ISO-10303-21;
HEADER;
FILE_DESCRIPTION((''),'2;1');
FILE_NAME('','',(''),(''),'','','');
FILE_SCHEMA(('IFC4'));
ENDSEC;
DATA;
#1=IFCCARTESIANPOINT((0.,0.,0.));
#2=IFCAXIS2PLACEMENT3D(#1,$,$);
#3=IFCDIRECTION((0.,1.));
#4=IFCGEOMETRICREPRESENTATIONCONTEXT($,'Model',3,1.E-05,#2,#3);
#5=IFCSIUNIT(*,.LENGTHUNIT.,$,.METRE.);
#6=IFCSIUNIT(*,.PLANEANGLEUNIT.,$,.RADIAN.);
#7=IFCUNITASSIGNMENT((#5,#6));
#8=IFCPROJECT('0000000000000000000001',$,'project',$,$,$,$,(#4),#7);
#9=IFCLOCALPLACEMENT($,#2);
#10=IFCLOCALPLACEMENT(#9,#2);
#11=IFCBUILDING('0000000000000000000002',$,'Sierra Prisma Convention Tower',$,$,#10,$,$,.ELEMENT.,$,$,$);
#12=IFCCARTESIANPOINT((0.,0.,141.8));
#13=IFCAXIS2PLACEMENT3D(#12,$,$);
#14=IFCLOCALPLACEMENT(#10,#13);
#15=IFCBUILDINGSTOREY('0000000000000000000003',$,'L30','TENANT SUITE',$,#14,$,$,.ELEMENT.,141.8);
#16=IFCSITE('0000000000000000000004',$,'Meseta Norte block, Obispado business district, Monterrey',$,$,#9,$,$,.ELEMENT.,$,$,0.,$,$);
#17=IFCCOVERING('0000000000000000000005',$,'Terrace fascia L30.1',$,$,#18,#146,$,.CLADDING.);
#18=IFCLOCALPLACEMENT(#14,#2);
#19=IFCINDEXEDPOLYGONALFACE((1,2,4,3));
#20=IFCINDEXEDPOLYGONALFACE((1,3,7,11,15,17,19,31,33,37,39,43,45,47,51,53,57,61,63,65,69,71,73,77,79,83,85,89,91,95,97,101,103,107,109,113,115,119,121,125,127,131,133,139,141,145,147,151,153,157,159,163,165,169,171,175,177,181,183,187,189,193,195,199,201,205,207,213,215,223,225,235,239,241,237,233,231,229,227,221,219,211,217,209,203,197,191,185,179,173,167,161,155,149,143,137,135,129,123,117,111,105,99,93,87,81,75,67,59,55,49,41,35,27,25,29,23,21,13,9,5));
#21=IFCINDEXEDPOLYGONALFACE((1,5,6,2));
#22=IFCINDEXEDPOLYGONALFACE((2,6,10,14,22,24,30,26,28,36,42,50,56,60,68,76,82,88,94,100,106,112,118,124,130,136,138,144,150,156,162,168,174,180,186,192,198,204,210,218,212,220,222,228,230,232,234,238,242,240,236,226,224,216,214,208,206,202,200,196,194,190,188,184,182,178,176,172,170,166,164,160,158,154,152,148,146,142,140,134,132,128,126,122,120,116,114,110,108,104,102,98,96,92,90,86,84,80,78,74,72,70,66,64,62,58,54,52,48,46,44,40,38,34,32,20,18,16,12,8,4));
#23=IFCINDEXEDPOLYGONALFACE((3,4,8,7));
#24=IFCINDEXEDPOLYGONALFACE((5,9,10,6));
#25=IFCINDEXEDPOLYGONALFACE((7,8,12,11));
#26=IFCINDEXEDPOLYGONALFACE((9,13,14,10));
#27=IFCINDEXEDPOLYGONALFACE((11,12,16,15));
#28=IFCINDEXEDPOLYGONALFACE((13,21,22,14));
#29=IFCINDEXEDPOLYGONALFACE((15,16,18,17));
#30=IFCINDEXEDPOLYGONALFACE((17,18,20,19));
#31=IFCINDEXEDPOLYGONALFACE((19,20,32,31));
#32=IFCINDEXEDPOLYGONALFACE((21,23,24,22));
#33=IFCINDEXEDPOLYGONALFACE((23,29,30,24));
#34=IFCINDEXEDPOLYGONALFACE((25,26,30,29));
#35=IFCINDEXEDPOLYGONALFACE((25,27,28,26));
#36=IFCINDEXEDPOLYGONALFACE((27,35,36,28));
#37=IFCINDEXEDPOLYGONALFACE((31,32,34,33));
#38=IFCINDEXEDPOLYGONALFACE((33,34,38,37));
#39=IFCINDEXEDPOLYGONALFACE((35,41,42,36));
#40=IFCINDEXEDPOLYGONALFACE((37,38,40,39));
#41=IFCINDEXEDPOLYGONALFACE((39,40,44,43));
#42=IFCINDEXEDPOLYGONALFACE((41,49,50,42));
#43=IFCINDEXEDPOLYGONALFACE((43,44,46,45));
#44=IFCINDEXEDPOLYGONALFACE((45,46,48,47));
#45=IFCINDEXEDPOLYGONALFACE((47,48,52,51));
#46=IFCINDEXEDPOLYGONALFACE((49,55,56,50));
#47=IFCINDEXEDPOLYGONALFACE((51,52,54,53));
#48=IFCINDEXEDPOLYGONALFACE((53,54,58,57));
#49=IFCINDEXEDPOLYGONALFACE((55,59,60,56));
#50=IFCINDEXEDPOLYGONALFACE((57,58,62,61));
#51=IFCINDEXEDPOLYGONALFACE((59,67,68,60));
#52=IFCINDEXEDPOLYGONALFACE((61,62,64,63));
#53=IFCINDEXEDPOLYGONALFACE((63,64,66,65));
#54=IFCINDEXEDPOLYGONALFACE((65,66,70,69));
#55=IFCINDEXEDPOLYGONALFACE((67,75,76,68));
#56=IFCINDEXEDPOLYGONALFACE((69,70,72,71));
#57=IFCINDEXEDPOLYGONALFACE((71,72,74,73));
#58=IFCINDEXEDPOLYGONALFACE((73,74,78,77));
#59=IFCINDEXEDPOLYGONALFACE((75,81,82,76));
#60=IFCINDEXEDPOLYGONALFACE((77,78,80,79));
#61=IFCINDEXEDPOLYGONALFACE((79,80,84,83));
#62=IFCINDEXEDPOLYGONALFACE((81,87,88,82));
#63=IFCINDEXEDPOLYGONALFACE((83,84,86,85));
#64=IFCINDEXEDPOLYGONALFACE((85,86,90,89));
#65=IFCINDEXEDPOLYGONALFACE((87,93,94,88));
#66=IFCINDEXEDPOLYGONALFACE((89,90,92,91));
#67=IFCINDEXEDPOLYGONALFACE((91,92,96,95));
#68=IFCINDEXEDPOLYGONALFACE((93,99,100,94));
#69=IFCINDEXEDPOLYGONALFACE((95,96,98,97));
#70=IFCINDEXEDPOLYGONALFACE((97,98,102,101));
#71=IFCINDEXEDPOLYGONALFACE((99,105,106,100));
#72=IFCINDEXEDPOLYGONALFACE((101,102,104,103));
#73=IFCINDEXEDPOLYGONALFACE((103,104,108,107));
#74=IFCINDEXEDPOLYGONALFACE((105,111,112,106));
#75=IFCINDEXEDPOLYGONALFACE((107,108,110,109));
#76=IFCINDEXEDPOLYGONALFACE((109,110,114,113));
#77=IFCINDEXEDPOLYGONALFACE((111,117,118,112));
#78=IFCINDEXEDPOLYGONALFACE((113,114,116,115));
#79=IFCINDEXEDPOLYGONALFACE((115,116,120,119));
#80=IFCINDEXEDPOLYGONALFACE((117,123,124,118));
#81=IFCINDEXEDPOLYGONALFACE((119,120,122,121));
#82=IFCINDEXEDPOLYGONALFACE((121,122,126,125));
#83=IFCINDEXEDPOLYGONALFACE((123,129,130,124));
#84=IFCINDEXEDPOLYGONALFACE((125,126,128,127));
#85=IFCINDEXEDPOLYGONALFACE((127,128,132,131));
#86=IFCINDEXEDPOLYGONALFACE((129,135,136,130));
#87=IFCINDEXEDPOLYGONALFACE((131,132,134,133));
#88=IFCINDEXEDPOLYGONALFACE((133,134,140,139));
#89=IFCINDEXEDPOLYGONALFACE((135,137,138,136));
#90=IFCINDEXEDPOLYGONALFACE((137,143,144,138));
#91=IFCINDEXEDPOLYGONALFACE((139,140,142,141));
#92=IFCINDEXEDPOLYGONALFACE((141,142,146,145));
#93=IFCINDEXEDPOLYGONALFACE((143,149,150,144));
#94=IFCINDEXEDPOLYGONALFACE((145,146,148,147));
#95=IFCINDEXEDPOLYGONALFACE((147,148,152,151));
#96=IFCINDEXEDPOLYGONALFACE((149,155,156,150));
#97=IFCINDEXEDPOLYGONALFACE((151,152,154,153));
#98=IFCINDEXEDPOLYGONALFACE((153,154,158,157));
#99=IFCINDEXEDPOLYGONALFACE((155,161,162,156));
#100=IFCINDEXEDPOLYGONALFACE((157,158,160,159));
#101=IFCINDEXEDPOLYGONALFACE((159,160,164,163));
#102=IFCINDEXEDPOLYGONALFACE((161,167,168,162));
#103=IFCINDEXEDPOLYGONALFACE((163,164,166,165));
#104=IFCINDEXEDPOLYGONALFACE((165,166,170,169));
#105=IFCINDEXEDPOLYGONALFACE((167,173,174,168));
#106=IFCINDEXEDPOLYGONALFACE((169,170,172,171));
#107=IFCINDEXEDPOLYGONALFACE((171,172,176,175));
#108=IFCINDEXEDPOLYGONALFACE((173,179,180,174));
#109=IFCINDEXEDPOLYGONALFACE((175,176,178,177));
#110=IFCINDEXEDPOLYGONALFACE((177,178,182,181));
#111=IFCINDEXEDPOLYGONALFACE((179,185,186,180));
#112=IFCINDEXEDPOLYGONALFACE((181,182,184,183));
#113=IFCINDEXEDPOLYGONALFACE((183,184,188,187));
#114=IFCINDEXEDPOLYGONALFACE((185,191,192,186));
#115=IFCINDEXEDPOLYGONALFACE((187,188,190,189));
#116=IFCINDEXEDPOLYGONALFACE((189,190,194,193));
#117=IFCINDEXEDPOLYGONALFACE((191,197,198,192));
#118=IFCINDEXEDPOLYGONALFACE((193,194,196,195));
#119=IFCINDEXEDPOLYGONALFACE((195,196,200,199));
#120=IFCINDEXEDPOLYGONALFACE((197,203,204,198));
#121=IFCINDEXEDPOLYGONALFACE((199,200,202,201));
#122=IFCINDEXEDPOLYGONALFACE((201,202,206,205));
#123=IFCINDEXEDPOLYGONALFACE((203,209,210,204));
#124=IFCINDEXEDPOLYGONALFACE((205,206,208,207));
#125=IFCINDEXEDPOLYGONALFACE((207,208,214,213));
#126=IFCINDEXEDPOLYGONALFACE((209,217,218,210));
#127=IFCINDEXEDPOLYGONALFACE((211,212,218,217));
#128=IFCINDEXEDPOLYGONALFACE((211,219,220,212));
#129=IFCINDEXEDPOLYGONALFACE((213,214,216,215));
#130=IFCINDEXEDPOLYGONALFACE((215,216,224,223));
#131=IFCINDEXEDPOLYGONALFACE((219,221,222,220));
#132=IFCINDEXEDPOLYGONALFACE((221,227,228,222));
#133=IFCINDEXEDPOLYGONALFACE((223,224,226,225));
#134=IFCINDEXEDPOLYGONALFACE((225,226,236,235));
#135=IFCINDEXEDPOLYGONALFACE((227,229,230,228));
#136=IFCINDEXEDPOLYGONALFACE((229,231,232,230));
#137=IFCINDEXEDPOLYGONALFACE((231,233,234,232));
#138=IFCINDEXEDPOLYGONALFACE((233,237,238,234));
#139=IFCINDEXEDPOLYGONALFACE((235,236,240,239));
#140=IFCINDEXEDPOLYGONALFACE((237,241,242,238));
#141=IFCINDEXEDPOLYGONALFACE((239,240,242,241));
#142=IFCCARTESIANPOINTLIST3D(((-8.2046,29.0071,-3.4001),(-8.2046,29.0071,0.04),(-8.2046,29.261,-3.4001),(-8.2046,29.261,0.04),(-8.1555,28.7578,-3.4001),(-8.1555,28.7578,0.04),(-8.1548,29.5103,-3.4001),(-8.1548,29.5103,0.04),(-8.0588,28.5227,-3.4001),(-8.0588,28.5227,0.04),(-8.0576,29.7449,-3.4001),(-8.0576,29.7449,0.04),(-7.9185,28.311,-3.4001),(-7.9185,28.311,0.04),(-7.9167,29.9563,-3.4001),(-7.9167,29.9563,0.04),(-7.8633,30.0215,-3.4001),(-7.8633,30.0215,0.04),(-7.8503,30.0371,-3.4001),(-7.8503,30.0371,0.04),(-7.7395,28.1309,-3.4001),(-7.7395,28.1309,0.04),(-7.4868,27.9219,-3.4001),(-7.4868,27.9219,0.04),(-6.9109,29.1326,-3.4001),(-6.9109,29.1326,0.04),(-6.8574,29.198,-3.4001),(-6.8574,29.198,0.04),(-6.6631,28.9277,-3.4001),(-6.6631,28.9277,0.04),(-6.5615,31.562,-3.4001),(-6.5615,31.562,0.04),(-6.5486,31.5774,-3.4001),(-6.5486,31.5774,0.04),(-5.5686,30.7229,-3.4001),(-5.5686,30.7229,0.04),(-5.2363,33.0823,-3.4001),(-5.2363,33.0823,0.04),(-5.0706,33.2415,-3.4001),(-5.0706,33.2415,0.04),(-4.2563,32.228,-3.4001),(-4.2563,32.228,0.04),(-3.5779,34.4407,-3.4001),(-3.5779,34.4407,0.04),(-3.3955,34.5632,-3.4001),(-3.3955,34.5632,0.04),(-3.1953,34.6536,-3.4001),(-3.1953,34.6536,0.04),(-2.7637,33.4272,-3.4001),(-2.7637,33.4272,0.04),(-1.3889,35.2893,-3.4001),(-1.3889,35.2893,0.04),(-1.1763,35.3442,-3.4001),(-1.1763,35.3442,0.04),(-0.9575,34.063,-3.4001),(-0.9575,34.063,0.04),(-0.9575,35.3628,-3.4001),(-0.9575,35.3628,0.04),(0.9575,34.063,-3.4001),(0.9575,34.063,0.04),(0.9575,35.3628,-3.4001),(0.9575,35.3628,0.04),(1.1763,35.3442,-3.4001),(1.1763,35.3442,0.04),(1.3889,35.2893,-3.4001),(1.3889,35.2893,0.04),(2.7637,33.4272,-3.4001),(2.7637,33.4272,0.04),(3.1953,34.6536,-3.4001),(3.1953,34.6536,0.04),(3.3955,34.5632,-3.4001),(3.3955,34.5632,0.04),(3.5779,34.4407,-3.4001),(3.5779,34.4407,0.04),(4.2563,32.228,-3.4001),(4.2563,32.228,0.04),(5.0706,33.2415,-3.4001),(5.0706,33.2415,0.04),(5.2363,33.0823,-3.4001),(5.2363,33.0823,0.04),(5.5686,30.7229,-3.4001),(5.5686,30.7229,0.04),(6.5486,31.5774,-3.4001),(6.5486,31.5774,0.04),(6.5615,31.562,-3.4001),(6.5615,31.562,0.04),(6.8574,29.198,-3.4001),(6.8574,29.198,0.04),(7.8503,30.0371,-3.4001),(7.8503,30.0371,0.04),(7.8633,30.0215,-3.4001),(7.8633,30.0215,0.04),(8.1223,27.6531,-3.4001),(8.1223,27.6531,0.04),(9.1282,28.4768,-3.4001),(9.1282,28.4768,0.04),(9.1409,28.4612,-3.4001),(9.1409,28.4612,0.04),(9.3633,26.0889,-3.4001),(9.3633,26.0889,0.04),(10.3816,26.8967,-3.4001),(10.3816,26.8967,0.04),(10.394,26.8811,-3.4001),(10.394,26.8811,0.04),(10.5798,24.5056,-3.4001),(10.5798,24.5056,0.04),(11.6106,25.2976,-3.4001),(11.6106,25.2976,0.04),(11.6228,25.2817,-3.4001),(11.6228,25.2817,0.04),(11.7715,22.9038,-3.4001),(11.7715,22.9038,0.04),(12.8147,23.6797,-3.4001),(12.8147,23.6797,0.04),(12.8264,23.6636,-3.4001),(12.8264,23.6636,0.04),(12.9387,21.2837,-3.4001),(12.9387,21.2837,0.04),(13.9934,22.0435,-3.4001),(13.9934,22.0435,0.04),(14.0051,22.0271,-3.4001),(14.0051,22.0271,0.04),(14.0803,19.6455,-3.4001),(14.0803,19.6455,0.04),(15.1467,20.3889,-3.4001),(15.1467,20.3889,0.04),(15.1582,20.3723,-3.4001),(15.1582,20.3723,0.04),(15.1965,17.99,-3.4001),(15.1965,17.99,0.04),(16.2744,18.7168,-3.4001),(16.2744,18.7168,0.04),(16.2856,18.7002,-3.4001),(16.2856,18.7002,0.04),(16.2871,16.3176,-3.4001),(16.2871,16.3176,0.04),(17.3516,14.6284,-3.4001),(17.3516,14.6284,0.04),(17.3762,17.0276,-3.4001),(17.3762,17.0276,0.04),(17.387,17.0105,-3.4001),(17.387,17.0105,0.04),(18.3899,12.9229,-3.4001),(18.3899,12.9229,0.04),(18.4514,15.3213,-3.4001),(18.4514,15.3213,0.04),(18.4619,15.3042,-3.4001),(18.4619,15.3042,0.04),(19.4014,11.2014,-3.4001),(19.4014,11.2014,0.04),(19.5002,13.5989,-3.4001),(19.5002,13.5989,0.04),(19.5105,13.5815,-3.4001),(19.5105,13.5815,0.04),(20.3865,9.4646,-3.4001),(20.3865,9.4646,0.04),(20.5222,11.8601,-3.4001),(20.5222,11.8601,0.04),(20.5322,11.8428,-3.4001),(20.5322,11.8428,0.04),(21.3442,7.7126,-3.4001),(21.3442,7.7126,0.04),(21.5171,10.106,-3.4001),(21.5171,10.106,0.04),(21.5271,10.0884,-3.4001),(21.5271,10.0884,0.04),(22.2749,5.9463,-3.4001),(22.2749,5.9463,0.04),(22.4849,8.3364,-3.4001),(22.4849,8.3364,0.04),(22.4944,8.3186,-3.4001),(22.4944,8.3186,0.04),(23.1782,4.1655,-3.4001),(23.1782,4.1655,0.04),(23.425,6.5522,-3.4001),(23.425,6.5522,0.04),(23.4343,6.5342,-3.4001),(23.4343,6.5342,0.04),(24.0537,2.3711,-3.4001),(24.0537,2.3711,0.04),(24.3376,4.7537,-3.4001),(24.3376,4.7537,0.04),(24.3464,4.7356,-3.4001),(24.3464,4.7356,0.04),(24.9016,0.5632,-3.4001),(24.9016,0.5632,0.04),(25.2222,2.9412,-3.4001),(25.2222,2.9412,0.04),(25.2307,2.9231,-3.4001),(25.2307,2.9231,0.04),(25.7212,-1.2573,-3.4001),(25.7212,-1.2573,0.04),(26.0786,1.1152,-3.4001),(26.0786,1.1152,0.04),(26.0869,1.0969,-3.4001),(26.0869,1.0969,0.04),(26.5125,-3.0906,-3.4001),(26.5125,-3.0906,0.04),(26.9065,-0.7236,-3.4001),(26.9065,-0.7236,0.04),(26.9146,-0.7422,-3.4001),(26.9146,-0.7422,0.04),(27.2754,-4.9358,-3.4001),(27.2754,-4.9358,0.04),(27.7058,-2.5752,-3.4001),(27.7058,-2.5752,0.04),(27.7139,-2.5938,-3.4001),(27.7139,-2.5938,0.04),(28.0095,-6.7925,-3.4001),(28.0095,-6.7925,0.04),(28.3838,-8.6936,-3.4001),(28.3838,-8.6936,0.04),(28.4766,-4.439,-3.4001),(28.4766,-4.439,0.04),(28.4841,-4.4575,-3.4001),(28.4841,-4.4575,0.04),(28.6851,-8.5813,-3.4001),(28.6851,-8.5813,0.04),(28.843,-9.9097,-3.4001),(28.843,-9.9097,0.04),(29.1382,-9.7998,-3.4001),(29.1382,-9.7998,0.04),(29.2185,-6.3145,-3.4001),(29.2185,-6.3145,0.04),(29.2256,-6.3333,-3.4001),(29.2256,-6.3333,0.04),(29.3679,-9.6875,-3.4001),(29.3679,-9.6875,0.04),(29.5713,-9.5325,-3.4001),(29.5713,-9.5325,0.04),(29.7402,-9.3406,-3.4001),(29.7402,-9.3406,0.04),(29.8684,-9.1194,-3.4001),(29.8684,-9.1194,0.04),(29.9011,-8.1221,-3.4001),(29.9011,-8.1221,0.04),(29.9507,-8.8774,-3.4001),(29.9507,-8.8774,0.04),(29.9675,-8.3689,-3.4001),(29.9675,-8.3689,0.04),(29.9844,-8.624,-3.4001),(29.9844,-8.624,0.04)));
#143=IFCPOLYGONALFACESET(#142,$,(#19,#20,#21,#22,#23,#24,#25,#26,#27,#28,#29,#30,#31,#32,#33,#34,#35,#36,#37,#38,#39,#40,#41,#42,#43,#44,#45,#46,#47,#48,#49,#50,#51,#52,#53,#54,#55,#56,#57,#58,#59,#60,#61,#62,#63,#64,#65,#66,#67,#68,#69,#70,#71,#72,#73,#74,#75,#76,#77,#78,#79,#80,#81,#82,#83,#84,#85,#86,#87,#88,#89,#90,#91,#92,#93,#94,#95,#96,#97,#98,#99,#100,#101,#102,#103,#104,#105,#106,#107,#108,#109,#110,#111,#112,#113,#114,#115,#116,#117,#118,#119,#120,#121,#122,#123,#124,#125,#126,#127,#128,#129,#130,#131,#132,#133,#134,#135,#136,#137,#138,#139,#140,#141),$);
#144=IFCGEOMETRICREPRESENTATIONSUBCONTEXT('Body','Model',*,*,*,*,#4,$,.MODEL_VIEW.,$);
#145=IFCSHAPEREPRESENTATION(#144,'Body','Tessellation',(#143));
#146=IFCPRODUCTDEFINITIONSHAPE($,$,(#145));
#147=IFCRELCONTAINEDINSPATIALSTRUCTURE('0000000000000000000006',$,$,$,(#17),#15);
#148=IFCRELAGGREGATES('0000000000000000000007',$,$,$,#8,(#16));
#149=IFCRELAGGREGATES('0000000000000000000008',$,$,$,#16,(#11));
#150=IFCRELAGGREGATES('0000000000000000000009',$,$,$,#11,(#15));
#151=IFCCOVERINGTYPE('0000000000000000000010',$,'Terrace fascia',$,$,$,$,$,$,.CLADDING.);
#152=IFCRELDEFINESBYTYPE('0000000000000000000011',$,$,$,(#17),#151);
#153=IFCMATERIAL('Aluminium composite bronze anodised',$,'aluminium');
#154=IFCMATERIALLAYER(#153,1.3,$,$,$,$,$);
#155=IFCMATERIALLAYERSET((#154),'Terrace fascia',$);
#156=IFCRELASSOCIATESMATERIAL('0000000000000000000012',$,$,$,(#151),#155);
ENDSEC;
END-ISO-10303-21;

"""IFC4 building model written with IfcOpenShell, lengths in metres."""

from ifc_helpers import new_model, si_unit, direction, frame, origin, place, context, subcontext, project, spatial, polyline, outline, extrude, material, layer, layer_set, type_object, element, save


model = new_model("IFC4")

# Units and contexts
model_context = context("Model", 3, precision=1e-05, world=origin(), true_north=direction((0.0, 1.0)))
body_context = subcontext(model_context, "Body", "Model", "MODEL_VIEW")
ifc_project = project(units=[si_unit("LENGTHUNIT", "METRE"), si_unit("PLANEANGLEUNIT", "RADIAN")], contexts=[model_context])

# Site, building, storey
site_placement = place(None, origin())
site = spatial("IfcSite", under=ifc_project, at=site_placement, Name="Meseta Norte block, Obispado business district, Monterrey", CompositionType="ELEMENT", RefElevation=0.0)
building_placement = place(site_placement, origin())
building = spatial("IfcBuilding", under=site, at=building_placement, Name="Sierra Prisma Convention Tower", CompositionType="ELEMENT")
storey_placement = place(building_placement, frame((0.0, 0.0, 141.8)))
storey = spatial("IfcBuildingStorey", under=building, at=storey_placement, Name="L30", Description="TENANT SUITE", CompositionType="ELEMENT", Elevation=141.8)

# Covering
ifc_material_1 = material(Name="Aluminium composite bronze anodised", Category="aluminium")
ifc_layer_1 = layer(ifc_material_1, 1.3)
ifc_layer_set_1 = layer_set([ifc_layer_1], Name="Terrace fascia")
covering_type_1 = type_object("IfcCoveringType", Name="Terrace fascia", PredefinedType="CLADDING", material=ifc_layer_set_1)
covering_1_placement = place(storey_placement, frame((0.0, 0.0, -3.4001)))
element("IfcCovering", 1, at=covering_1_placement, inside=storey, type_object=covering_type_1, Name="Terrace fascia L30.1", PredefinedType="CLADDING", context=body_context, shape_type="SweptSolid", body=[
    extrude(outline(polyline([(-7.7395, 28.1309), (-7.9185, 28.311), (-8.0588, 28.5227), (-8.1555, 28.7578), (-8.2046, 29.0071), (-8.2046, 29.261), (-8.1548, 29.5103), (-8.0576, 29.7449), (-7.9167, 29.9563), (-7.8633, 30.0215), (-7.8503, 30.0371), (-6.5615, 31.562), (-6.5486, 31.5774), (-5.2363, 33.0823), (-5.0706, 33.2415), (-3.5779, 34.4407), (-3.3955, 34.5632), (-3.1953, 34.6536), (-1.3889, 35.2893), (-1.1763, 35.3442), (-0.9575, 35.3628), (0.9575, 35.3628), (1.1763, 35.3442), (1.3889, 35.2893), (3.1953, 34.6536), (3.3955, 34.5632), (3.5779, 34.4407), (5.0706, 33.2415), (5.2363, 33.0823), (6.5486, 31.5774), (6.5615, 31.562), (7.8503, 30.0371), (7.8633, 30.0215), (9.1282, 28.4768), (9.1409, 28.4612), (10.3816, 26.8967), (10.394, 26.8811), (11.6106, 25.2976), (11.6228, 25.2817), (12.8147, 23.6797), (12.8264, 23.6636), (13.9934, 22.0435), (14.0051, 22.0271), (15.1467, 20.3889), (15.1582, 20.3723), (16.2744, 18.7168), (16.2856, 18.7002), (17.3762, 17.0276), (17.387, 17.0105), (18.4514, 15.3213), (18.4619, 15.3042), (19.5002, 13.5989), (19.5105, 13.5815), (20.5222, 11.8601), (20.5322, 11.8428), (21.5171, 10.106), (21.5271, 10.0884), (22.4849, 8.3364), (22.4944, 8.3186), (23.425, 6.5522), (23.4343, 6.5342), (24.3376, 4.7537), (24.3464, 4.7356), (25.2222, 2.9412), (25.2307, 2.9231), (26.0786, 1.1152), (26.0869, 1.0969), (26.9065, -0.7236), (26.9146, -0.7422), (27.7058, -2.5752), (27.7139, -2.5938), (28.4766, -4.439), (28.4841, -4.4575), (29.2185, -6.3145), (29.2256, -6.3333), (29.9011, -8.1221), (29.9675, -8.3689), (29.9844, -8.624), (29.9507, -8.8774), (29.8684, -9.1194), (29.7402, -9.3406), (29.5713, -9.5325), (29.3679, -9.6875), (29.1382, -9.7998), (28.843, -9.9097), (28.3838, -8.6936), (28.6851, -8.5813), (28.0095, -6.7925), (27.2754, -4.9358), (26.5125, -3.0906), (25.7212, -1.2573), (24.9016, 0.5632), (24.0537, 2.3711), (23.1782, 4.1655), (22.2749, 5.9463), (21.3442, 7.7126), (20.3865, 9.4646), (19.4014, 11.2014), (18.3899, 12.9229), (17.3516, 14.6284), (16.2871, 16.3176), (15.1965, 17.99), (14.0803, 19.6455), (12.9387, 21.2837), (11.7715, 22.9038), (10.5798, 24.5056), (9.3633, 26.0889), (8.1223, 27.6531), (6.8574, 29.198), (5.5686, 30.7229), (4.2563, 32.228), (2.7637, 33.4272), (0.9575, 34.063), (-0.9575, 34.063), (-2.7637, 33.4272), (-4.2563, 32.228), (-5.5686, 30.7229), (-6.8574, 29.198), (-6.9109, 29.1326), (-6.6631, 28.9277), (-7.4868, 27.9219), (-7.7395, 28.1309)])), origin(), (0.0, 0.0, 1.0), 3.4402),
])

save(model, "model.ifc")
